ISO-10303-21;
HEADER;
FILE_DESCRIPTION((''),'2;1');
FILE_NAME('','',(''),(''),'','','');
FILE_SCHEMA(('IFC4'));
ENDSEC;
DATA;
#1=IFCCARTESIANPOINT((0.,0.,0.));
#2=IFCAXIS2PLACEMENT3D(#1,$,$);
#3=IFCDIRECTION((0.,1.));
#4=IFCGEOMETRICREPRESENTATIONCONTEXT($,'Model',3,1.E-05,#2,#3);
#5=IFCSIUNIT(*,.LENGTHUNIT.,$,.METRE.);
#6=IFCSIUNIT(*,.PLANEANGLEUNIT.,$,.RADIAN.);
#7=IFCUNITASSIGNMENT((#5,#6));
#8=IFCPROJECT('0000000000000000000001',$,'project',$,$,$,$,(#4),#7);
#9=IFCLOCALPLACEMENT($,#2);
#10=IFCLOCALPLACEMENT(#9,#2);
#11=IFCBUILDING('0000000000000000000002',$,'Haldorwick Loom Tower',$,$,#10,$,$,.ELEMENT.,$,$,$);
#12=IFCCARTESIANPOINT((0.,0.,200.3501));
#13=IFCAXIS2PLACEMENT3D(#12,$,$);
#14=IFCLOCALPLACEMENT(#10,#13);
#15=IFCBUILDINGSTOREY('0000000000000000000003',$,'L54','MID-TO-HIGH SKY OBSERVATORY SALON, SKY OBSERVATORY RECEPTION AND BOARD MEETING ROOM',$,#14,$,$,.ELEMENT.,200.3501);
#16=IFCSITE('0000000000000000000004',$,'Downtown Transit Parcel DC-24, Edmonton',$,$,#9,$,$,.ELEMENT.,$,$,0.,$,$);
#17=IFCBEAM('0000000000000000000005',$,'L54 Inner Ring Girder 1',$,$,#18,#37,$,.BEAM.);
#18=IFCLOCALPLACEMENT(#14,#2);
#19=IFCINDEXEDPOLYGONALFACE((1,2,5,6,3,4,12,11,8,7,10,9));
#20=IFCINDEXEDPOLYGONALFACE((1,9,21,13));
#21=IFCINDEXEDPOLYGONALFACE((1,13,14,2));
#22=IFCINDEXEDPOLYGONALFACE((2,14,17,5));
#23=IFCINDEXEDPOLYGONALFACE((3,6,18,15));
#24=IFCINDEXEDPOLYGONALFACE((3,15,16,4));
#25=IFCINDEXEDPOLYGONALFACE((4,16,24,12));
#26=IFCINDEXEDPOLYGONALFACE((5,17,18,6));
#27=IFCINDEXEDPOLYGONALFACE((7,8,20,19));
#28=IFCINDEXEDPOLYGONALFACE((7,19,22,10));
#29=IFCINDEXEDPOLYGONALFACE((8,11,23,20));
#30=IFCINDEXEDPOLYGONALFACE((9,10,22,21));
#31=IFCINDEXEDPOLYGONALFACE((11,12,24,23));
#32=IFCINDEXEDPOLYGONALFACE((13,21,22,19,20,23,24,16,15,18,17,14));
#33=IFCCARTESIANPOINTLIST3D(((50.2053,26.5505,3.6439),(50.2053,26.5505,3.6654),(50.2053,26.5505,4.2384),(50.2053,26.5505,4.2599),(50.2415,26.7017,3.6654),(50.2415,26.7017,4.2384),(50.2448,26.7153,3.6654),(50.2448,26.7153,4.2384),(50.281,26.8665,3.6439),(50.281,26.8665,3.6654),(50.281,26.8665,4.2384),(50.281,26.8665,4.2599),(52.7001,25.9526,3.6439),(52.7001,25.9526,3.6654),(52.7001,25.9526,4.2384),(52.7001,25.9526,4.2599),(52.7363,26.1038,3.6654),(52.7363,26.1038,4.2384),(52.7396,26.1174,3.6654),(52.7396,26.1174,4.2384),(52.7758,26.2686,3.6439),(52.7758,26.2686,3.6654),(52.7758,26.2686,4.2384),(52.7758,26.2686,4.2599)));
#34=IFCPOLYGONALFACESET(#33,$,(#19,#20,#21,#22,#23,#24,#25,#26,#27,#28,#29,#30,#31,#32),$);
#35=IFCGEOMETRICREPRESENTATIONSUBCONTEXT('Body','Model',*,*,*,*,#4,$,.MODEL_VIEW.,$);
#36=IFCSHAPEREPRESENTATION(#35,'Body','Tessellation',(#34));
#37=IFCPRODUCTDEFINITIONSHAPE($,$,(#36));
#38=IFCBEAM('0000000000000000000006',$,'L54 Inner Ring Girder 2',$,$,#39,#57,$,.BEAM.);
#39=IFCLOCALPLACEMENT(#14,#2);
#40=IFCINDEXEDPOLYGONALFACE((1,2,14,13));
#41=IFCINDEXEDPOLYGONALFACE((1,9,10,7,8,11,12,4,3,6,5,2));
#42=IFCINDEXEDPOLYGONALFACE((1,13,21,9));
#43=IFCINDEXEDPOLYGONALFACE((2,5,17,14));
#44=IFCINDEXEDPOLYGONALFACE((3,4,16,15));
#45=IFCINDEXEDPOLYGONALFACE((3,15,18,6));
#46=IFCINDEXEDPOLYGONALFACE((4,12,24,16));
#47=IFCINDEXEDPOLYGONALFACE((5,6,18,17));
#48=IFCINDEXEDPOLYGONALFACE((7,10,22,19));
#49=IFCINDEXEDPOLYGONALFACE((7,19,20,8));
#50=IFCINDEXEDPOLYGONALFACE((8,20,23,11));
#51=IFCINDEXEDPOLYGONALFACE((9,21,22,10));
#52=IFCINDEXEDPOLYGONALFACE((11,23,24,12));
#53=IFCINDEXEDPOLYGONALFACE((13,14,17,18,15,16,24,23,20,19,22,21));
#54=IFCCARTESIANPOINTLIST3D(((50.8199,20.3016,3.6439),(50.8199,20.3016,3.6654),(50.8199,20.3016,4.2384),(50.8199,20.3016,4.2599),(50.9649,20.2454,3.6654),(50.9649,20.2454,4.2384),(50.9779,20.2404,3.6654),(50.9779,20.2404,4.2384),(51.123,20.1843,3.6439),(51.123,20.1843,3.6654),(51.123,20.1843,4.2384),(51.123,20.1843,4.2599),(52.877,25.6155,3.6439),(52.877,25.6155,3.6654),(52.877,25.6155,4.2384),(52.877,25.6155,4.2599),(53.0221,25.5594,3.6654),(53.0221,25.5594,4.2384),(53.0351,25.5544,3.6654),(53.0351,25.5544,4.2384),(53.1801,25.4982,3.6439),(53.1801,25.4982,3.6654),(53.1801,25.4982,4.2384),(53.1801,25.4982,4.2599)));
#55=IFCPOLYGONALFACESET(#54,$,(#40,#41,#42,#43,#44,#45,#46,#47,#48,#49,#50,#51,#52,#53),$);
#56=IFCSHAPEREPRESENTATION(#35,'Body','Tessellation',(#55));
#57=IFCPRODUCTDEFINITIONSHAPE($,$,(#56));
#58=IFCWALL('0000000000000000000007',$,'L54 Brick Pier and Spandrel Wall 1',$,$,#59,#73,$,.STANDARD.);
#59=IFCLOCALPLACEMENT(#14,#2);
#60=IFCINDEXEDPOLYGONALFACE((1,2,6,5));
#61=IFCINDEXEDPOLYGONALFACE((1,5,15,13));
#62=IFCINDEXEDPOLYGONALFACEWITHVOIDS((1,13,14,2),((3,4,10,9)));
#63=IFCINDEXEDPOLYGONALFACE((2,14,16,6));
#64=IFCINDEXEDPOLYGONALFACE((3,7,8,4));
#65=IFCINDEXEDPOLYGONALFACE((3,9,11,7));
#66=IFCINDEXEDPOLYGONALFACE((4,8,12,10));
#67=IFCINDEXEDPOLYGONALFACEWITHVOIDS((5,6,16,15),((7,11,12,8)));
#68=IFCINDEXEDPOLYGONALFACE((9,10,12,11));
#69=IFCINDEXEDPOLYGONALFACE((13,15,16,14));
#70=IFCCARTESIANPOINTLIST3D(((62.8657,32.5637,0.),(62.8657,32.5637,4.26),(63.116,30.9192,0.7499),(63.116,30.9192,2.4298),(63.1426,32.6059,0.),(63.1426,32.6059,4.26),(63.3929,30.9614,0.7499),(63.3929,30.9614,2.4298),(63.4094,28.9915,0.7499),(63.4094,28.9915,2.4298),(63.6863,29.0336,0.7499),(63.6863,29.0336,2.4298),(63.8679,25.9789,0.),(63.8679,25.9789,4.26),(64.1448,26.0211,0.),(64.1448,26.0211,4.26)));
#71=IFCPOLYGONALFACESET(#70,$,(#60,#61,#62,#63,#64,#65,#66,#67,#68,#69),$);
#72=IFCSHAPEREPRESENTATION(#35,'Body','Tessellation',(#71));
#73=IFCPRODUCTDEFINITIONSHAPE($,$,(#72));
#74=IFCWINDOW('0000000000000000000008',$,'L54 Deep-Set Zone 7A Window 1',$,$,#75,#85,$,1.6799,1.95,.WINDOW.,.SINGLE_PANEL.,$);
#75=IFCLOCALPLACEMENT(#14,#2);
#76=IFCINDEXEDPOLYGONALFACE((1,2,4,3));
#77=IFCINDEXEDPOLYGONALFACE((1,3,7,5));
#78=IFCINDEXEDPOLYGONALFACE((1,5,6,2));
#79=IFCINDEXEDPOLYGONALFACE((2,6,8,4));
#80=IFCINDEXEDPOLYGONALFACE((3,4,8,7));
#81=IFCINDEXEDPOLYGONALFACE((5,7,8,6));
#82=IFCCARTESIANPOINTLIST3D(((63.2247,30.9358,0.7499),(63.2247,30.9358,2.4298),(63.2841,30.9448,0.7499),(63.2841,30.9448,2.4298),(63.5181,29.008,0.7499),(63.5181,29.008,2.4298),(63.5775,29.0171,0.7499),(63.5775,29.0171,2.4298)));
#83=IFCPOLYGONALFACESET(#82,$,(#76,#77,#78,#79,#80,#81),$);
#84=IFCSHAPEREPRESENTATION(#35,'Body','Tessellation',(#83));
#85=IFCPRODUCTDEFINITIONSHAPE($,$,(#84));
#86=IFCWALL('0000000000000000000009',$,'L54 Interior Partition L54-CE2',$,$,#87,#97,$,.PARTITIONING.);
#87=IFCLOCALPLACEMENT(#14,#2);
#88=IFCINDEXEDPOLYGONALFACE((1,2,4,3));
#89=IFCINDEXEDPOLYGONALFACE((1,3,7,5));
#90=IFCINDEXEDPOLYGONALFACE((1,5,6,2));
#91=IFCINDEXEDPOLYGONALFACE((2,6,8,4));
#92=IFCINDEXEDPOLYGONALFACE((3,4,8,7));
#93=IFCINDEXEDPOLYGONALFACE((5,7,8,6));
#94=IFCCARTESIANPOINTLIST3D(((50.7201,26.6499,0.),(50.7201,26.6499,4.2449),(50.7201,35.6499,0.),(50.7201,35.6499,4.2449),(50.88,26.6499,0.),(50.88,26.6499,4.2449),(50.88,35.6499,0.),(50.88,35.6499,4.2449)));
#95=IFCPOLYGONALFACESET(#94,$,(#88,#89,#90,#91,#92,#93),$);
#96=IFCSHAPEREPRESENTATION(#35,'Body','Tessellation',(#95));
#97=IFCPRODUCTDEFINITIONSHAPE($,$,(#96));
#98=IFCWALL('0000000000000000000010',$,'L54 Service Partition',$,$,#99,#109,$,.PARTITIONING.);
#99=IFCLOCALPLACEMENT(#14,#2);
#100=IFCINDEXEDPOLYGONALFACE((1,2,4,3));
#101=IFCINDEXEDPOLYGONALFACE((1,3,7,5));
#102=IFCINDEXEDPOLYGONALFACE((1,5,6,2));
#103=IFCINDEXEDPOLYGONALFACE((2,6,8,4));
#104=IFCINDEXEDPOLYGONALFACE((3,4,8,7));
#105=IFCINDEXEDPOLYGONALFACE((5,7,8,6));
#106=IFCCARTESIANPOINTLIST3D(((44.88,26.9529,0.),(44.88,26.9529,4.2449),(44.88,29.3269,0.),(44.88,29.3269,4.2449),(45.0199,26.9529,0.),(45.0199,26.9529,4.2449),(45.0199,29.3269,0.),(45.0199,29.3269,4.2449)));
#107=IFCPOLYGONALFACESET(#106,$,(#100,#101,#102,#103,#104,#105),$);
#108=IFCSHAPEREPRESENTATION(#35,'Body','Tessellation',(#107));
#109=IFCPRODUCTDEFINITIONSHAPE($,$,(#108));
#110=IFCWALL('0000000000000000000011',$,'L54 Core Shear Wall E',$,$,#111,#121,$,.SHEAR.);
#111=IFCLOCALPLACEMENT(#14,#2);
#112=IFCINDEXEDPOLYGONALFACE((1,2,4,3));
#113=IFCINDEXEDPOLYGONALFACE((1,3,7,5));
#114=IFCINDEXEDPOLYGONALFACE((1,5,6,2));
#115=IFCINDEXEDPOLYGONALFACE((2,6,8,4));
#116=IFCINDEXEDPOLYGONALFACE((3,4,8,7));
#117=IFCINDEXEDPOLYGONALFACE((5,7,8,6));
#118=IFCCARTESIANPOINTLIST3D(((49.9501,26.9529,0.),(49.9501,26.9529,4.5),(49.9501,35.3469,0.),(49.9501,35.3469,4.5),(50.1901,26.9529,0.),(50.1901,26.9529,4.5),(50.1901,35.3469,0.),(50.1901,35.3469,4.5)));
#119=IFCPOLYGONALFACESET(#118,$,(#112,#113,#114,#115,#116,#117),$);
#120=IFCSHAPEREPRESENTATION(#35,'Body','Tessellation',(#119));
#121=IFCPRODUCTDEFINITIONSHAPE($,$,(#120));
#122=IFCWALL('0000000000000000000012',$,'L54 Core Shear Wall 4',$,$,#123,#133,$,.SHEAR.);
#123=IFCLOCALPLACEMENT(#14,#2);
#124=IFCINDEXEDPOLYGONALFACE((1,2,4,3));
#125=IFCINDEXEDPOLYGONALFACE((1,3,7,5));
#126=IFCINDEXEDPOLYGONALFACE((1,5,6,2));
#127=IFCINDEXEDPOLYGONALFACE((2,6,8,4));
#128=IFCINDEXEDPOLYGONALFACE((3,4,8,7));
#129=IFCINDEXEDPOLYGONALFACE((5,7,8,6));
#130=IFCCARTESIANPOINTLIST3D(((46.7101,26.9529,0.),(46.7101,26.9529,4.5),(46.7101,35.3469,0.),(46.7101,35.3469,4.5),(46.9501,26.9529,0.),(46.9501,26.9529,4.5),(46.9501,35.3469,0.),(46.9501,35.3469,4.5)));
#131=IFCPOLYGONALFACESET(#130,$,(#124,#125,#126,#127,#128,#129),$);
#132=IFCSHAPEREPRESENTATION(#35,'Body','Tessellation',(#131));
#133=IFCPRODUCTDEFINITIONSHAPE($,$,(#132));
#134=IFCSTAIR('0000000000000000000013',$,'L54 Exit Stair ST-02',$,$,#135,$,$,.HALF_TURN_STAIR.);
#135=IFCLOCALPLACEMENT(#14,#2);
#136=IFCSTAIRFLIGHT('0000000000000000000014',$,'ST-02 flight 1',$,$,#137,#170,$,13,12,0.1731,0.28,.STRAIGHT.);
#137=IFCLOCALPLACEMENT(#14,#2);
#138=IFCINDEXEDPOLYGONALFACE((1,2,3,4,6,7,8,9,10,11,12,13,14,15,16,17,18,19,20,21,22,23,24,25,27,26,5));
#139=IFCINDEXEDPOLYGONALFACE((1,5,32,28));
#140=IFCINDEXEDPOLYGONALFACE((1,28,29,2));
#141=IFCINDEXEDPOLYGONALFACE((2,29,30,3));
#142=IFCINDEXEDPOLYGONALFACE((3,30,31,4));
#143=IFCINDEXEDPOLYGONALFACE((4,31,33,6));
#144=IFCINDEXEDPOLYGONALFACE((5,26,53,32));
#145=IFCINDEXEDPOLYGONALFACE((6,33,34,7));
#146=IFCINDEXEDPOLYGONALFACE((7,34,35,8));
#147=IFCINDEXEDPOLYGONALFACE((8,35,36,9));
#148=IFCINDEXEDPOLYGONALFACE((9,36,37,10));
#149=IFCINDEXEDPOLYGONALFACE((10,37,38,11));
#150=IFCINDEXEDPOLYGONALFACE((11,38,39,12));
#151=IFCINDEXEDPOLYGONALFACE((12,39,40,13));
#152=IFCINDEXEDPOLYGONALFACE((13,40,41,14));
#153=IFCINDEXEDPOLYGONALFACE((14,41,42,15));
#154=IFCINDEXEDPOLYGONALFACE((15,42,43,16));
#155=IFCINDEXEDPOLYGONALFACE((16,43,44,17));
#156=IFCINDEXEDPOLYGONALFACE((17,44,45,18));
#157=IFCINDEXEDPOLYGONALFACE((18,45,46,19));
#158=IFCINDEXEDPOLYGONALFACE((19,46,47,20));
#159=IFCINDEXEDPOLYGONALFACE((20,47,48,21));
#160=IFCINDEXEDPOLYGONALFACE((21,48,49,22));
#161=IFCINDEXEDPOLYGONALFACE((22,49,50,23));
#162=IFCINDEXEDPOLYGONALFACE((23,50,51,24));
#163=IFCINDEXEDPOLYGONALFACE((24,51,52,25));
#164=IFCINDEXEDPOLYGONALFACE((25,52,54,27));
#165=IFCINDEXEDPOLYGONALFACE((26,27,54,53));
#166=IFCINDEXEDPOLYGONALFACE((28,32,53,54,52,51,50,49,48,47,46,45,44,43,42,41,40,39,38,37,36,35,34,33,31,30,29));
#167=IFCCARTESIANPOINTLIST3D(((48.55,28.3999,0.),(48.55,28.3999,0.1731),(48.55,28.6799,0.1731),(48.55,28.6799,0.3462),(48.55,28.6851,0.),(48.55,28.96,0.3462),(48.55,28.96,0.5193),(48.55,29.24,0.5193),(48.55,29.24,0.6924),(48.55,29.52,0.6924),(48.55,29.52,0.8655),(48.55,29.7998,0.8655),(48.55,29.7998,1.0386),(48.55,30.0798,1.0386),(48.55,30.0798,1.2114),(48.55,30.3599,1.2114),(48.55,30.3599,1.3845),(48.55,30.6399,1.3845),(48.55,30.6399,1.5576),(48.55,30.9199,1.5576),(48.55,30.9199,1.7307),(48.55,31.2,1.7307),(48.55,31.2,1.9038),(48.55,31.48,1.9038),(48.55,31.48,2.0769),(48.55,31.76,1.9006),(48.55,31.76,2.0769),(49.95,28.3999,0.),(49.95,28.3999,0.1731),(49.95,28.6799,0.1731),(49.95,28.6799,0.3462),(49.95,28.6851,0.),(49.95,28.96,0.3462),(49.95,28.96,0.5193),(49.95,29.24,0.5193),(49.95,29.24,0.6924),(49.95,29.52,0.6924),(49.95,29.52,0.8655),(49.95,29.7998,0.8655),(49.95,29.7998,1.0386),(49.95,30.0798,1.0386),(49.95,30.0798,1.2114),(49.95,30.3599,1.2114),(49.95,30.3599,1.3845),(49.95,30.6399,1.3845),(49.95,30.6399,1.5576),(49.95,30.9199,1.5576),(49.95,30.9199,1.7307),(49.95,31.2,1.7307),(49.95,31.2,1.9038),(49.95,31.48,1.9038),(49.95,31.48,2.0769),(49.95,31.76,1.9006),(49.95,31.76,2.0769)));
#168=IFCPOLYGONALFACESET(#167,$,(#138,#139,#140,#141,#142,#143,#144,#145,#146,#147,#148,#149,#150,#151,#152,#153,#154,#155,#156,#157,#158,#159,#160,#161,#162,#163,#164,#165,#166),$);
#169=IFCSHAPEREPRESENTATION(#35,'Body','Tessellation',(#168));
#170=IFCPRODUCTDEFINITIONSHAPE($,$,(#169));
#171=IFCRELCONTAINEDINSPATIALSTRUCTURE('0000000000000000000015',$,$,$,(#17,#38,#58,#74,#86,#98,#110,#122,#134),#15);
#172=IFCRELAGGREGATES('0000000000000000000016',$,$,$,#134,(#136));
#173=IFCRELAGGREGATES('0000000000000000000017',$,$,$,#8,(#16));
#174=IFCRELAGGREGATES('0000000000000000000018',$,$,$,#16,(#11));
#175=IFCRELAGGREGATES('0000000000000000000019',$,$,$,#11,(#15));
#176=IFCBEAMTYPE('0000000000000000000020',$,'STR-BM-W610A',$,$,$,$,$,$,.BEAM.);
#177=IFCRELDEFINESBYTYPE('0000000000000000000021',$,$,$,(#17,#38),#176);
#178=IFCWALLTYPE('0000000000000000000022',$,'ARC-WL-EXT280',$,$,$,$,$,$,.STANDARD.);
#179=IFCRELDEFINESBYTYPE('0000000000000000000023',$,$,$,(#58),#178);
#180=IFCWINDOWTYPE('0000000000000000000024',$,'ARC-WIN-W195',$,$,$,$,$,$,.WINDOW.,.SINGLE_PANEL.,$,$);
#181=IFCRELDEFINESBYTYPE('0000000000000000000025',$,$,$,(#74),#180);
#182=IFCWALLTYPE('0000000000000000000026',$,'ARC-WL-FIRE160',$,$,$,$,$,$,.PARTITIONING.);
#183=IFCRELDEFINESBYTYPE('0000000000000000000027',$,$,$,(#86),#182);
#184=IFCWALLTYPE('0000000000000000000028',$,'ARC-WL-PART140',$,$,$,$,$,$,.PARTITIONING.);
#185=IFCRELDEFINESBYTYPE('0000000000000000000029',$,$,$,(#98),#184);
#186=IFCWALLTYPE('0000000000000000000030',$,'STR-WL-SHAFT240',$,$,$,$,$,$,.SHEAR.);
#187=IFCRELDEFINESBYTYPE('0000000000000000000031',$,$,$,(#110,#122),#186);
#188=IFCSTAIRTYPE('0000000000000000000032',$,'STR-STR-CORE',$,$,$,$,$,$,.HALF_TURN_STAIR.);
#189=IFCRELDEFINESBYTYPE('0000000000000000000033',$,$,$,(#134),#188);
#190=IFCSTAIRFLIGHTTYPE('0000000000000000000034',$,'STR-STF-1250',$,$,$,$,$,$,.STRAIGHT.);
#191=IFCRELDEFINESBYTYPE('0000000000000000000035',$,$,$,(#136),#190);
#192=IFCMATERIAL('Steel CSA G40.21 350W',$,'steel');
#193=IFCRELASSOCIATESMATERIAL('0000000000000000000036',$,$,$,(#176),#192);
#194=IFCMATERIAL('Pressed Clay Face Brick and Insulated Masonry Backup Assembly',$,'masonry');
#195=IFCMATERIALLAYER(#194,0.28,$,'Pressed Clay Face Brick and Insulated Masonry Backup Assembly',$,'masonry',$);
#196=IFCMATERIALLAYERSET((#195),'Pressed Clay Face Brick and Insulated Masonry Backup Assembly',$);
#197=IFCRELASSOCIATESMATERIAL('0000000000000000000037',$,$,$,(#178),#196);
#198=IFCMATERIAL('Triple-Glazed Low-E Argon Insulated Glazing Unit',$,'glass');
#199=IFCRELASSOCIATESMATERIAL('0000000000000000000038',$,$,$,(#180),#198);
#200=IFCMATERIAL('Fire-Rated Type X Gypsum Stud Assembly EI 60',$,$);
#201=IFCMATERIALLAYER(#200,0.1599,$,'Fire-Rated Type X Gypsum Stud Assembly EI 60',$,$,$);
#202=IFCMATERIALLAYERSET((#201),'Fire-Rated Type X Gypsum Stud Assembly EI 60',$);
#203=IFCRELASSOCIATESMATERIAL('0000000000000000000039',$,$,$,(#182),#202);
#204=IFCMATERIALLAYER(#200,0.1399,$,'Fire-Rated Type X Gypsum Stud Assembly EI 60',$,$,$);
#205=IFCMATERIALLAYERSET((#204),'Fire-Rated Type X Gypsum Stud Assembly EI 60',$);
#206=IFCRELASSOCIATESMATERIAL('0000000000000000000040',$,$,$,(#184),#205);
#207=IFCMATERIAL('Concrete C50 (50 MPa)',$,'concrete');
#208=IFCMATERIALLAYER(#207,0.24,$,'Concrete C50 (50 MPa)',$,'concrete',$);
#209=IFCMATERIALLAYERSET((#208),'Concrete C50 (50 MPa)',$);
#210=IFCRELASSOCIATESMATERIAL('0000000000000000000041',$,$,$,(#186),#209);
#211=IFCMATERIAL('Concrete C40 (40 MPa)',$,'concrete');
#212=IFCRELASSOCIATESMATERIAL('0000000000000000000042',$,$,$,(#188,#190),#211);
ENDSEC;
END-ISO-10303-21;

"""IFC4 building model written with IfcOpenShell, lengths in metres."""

from ifc_helpers import new_model, si_unit, direction, frame, frame_2d, origin, origin_2d, place, context, subcontext, project, spatial, polyline, rectangle, i_section, outline, extrude, material, layer, layer_set, material_profile, profile_set, type_object, element, fill, aggregate, save


model = new_model("IFC4")

# Units and contexts
model_context = context("Model", 3, precision=1e-05, world=origin(), true_north=direction((0.0, 1.0)))
body_context = subcontext(model_context, "Body", "Model", "MODEL_VIEW")
ifc_project = project(units=[si_unit("LENGTHUNIT", "METRE"), si_unit("PLANEANGLEUNIT", "RADIAN")], contexts=[model_context])

# Site, building, storey
site_placement = place(None, origin())
site = spatial("IfcSite", under=ifc_project, at=site_placement, Name="Downtown Transit Parcel DC-24, Edmonton", CompositionType="ELEMENT", RefElevation=0.0)
building_placement = place(site_placement, origin())
building = spatial("IfcBuilding", under=site, at=building_placement, Name="Haldorwick Loom Tower", CompositionType="ELEMENT")
storey_placement = place(building_placement, frame((0.0, 0.0, 200.3501)))
storey = spatial("IfcBuildingStorey", under=building, at=storey_placement, Name="L54", Description="MID-TO-HIGH SKY OBSERVATORY SALON, SKY OBSERVATORY RECEPTION AND BOARD MEETING ROOM", CompositionType="ELEMENT", Elevation=200.3501)

# Shared definitions
ifc_material_1 = material(Name="Steel CSA G40.21 350W", Category="steel")

# Beams
ifc_material_profile_1 = material_profile(ifc_material_1, i_section(OverallWidth=0.325, OverallDepth=0.616, WebThickness=0.0139, FlangeThickness=0.0215, at=origin_2d()), Name="W610X174", Category="steel")
ifc_profile_set_1 = profile_set([ifc_material_profile_1], Name="Steel CSA G40.21 350W")
beam_type_1 = type_object("IfcBeamType", Name="STR-BM-W610A", PredefinedType="BEAM", material=ifc_profile_set_1)
beam_1_placement = place(storey_placement, frame((50.2432, 26.7085, 3.9519), z_axis=(0.972464, -0.233053, 0.0), x_axis=(0.233053, 0.972464, 0.0)))
element("IfcBeam", 1, at=beam_1_placement, inside=storey, type_object=beam_type_1, Name="L54 Inner Ring Girder 1", PredefinedType="BEAM", context=body_context, shape_type="SweptSolid", body=[
    extrude(i_section(OverallWidth=0.325, OverallDepth=0.616, WebThickness=0.0139, FlangeThickness=0.0215, at=origin_2d()), origin(), (0.0, 0.0, 1.0), 2.5654),
])
beam_2_placement = place(storey_placement, frame((53.0286, 25.5569, 3.9519), z_axis=(-0.361011, -0.932562, 0.0), x_axis=(0.932562, -0.361011, 0.0)))
element("IfcBeam", 2, at=beam_2_placement, inside=storey, type_object=beam_type_1, Name="L54 Inner Ring Girder 2", PredefinedType="BEAM", context=body_context, shape_type="SweptSolid", body=[
    extrude(i_section(OverallWidth=0.325, OverallDepth=0.616, WebThickness=0.0139, FlangeThickness=0.0215, at=origin_2d()), origin(), (0.0, 0.0, 1.0), 5.6982),
])

# Wall, opening, window
ifc_material_2 = material(Name="Pressed Clay Face Brick and Insulated Masonry Backup Assembly", Category="masonry")
ifc_layer_1 = layer(ifc_material_2, 0.28, Name="Pressed Clay Face Brick and Insulated Masonry Backup Assembly", Category="masonry")
ifc_layer_set_1 = layer_set([ifc_layer_1], Name="Pressed Clay Face Brick and Insulated Masonry Backup Assembly")
wall_type_1 = type_object("IfcWallType", Name="ARC-WL-EXT280", PredefinedType="STANDARD", material=ifc_layer_set_1)
wall_1_placement = place(storey_placement, frame((64.0063, 26.0, 0.0), z_axis=(0.0, 0.0, 1.0), x_axis=(-0.150468, 0.988615, 0.0)))
wall_1 = element("IfcWall", 3, at=wall_1_placement, inside=storey, type_object=wall_type_1, Name="L54 Brick Pier and Spandrel Wall 1", PredefinedType="STANDARD", context=body_context, shape_type="SweptSolid", body=[
    extrude(rectangle(XDim=6.6606, YDim=0.28, at=frame_2d((3.3303, 0.0))), origin(), (0.0, 0.0, 1.0), 4.26),
])
opening_placement = place(wall_1_placement, frame((3.0471, 0.0, 0.75)))
opening = element("IfcOpeningElement", 4, at=opening_placement, cuts=wall_1, PredefinedType="OPENING", context=body_context, shape_type="SweptSolid", body=[
    extrude(rectangle(XDim=1.95, YDim=1.6799, at=frame_2d((0.9751, 0.8398))), frame((0.0, 0.1499, 0.0), z_axis=(0.0, -1.0, 0.0), x_axis=(1.0, 0.0, 0.0)), (0.0, 0.0, 1.0), 0.3),
])
ifc_material_3 = material(Name="Triple-Glazed Low-E Argon Insulated Glazing Unit", Category="glass")
window_type = type_object("IfcWindowType", Name="ARC-WIN-W195", PartitioningType="SINGLE_PANEL", PredefinedType="WINDOW", material=ifc_material_3)
window_placement = place(opening_placement, origin())
window = element("IfcWindow", 5, at=window_placement, inside=storey, type_object=window_type, Name="L54 Deep-Set Zone 7A Window 1", OverallHeight=1.6799, OverallWidth=1.95, PartitioningType="SINGLE_PANEL", PredefinedType="WINDOW", context=body_context, shape_type="SweptSolid", body=[
    extrude(rectangle(XDim=1.95, YDim=1.6799, at=frame_2d((0.9751, 0.8398))), frame((0.0, 0.03, 0.0), z_axis=(0.0, -1.0, 0.0), x_axis=(1.0, 0.0, 0.0)), (0.0, 0.0, 1.0), 0.0601),
])
fill(opening, window)

# Walls
ifc_material_4 = material(Name="Fire-Rated Type X Gypsum Stud Assembly EI 60")
ifc_layer_2 = layer(ifc_material_4, 0.1599, Name="Fire-Rated Type X Gypsum Stud Assembly EI 60")
ifc_layer_set_2 = layer_set([ifc_layer_2], Name="Fire-Rated Type X Gypsum Stud Assembly EI 60")
wall_type_2 = type_object("IfcWallType", Name="ARC-WL-FIRE160", PredefinedType="PARTITIONING", material=ifc_layer_set_2)
wall_2_placement = place(storey_placement, frame((50.8, 26.6499, 0.0), z_axis=(0.0, 0.0, 1.0), x_axis=(0.0, 1.0, 0.0)))
element("IfcWall", 6, at=wall_2_placement, inside=storey, type_object=wall_type_2, Name="L54 Interior Partition L54-CE2", PredefinedType="PARTITIONING", context=body_context, shape_type="SweptSolid", body=[
    extrude(rectangle(XDim=9.0, YDim=0.1599, at=frame_2d((4.5, 0.0))), origin(), (0.0, 0.0, 1.0), 4.2449),
])
ifc_layer_3 = layer(ifc_material_4, 0.1399, Name="Fire-Rated Type X Gypsum Stud Assembly EI 60")
ifc_layer_set_3 = layer_set([ifc_layer_3], Name="Fire-Rated Type X Gypsum Stud Assembly EI 60")
wall_type_3 = type_object("IfcWallType", Name="ARC-WL-PART140", PredefinedType="PARTITIONING", material=ifc_layer_set_3)
wall_3_placement = place(storey_placement, frame((44.95, 26.9529, 0.0), z_axis=(0.0, 0.0, 1.0), x_axis=(0.0, 1.0, 0.0)))
element("IfcWall", 7, at=wall_3_placement, inside=storey, type_object=wall_type_3, Name="L54 Service Partition", PredefinedType="PARTITIONING", context=body_context, shape_type="SweptSolid", body=[
    extrude(rectangle(XDim=2.374, YDim=0.1399, at=frame_2d((1.187, 0.0))), origin(), (0.0, 0.0, 1.0), 4.2449),
])
ifc_material_5 = material(Name="Concrete C50 (50 MPa)", Category="concrete")
ifc_layer_4 = layer(ifc_material_5, 0.24, Name="Concrete C50 (50 MPa)", Category="concrete")
ifc_layer_set_4 = layer_set([ifc_layer_4], Name="Concrete C50 (50 MPa)")
wall_type_4 = type_object("IfcWallType", Name="STR-WL-SHAFT240", PredefinedType="SHEAR", material=ifc_layer_set_4)
for number, where, z_axis, x_axis, name in (
    (8, (50.0701, 26.9529, 0.0), (0.0, 0.0, 1.0), (0.0, 1.0, 0.0), "L54 Core Shear Wall E"),
    (9, (46.8301, 26.9529, 0.0), (0.0, 0.0, 1.0), (0.0, 1.0, 0.0), "L54 Core Shear Wall 4"),
):
    element("IfcWall", number, at=place(storey_placement, frame(where, z_axis=z_axis, x_axis=x_axis)), inside=storey, type_object=wall_type_4, Name=name, PredefinedType="SHEAR", context=body_context, shape_type="SweptSolid", body=[
        extrude(rectangle(XDim=8.394, YDim=0.24, at=frame_2d((4.197, 0.0))), origin(), (0.0, 0.0, 1.0), 4.5),
    ])

# Stair, stair flight
ifc_material_6 = material(Name="Concrete C40 (40 MPa)", Category="concrete")
stair_type = type_object("IfcStairType", Name="STR-STR-CORE", PredefinedType="HALF_TURN_STAIR", material=ifc_material_6)
stair_placement = place(storey_placement, origin())
stair = element("IfcStair", 10, at=stair_placement, inside=storey, type_object=stair_type, Name="L54 Exit Stair ST-02", PredefinedType="HALF_TURN_STAIR")
stair_flight_type = type_object("IfcStairFlightType", Name="STR-STF-1250", PredefinedType="STRAIGHT", material=ifc_material_6)
stair_flight_1_placement = place(storey_placement, frame((49.25, 28.3999, 0.0), z_axis=(0.0, 0.0, 1.0), x_axis=(0.0, 1.0, 0.0)))
stair_flight_1 = element("IfcStairFlight", 11, at=stair_flight_1_placement, type_object=stair_flight_type, Name="ST-02 flight 1", NumberOfRisers=13, NumberOfTreads=12, PredefinedType="STRAIGHT", RiserHeight=0.1731, TreadLength=0.28, context=body_context, shape_type="SweptSolid", body=[
    extrude(outline(polyline([(0.0, 0.0), (0.0, 0.1731), (0.28, 0.1731), (0.28, 0.3462), (0.5601, 0.3462), (0.5601, 0.5193), (0.8401, 0.5193), (0.8401, 0.6924), (1.1201, 0.6924), (1.1201, 0.8655), (1.3999, 0.8655), (1.3999, 1.0386), (1.6799, 1.0386), (1.6799, 1.2114), (1.96, 1.2114), (1.96, 1.3845), (2.24, 1.3845), (2.24, 1.5576), (2.52, 1.5576), (2.52, 1.7307), (2.8, 1.7307), (2.8, 1.9038), (3.0801, 1.9038), (3.0801, 2.0769), (3.3601, 2.0769), (3.3601, 2.25), (3.3601, 1.9006), (0.2852, 0.0), (0.0, 0.0)])), frame((0.0, 0.7, 0.0), z_axis=(0.0, -1.0, 0.0), x_axis=(1.0, 0.0, 0.0)), (0.0, 0.0, 1.0), 1.3999),
])
aggregate(stair, [stair_flight_1])

save(model, "model.ifc")
